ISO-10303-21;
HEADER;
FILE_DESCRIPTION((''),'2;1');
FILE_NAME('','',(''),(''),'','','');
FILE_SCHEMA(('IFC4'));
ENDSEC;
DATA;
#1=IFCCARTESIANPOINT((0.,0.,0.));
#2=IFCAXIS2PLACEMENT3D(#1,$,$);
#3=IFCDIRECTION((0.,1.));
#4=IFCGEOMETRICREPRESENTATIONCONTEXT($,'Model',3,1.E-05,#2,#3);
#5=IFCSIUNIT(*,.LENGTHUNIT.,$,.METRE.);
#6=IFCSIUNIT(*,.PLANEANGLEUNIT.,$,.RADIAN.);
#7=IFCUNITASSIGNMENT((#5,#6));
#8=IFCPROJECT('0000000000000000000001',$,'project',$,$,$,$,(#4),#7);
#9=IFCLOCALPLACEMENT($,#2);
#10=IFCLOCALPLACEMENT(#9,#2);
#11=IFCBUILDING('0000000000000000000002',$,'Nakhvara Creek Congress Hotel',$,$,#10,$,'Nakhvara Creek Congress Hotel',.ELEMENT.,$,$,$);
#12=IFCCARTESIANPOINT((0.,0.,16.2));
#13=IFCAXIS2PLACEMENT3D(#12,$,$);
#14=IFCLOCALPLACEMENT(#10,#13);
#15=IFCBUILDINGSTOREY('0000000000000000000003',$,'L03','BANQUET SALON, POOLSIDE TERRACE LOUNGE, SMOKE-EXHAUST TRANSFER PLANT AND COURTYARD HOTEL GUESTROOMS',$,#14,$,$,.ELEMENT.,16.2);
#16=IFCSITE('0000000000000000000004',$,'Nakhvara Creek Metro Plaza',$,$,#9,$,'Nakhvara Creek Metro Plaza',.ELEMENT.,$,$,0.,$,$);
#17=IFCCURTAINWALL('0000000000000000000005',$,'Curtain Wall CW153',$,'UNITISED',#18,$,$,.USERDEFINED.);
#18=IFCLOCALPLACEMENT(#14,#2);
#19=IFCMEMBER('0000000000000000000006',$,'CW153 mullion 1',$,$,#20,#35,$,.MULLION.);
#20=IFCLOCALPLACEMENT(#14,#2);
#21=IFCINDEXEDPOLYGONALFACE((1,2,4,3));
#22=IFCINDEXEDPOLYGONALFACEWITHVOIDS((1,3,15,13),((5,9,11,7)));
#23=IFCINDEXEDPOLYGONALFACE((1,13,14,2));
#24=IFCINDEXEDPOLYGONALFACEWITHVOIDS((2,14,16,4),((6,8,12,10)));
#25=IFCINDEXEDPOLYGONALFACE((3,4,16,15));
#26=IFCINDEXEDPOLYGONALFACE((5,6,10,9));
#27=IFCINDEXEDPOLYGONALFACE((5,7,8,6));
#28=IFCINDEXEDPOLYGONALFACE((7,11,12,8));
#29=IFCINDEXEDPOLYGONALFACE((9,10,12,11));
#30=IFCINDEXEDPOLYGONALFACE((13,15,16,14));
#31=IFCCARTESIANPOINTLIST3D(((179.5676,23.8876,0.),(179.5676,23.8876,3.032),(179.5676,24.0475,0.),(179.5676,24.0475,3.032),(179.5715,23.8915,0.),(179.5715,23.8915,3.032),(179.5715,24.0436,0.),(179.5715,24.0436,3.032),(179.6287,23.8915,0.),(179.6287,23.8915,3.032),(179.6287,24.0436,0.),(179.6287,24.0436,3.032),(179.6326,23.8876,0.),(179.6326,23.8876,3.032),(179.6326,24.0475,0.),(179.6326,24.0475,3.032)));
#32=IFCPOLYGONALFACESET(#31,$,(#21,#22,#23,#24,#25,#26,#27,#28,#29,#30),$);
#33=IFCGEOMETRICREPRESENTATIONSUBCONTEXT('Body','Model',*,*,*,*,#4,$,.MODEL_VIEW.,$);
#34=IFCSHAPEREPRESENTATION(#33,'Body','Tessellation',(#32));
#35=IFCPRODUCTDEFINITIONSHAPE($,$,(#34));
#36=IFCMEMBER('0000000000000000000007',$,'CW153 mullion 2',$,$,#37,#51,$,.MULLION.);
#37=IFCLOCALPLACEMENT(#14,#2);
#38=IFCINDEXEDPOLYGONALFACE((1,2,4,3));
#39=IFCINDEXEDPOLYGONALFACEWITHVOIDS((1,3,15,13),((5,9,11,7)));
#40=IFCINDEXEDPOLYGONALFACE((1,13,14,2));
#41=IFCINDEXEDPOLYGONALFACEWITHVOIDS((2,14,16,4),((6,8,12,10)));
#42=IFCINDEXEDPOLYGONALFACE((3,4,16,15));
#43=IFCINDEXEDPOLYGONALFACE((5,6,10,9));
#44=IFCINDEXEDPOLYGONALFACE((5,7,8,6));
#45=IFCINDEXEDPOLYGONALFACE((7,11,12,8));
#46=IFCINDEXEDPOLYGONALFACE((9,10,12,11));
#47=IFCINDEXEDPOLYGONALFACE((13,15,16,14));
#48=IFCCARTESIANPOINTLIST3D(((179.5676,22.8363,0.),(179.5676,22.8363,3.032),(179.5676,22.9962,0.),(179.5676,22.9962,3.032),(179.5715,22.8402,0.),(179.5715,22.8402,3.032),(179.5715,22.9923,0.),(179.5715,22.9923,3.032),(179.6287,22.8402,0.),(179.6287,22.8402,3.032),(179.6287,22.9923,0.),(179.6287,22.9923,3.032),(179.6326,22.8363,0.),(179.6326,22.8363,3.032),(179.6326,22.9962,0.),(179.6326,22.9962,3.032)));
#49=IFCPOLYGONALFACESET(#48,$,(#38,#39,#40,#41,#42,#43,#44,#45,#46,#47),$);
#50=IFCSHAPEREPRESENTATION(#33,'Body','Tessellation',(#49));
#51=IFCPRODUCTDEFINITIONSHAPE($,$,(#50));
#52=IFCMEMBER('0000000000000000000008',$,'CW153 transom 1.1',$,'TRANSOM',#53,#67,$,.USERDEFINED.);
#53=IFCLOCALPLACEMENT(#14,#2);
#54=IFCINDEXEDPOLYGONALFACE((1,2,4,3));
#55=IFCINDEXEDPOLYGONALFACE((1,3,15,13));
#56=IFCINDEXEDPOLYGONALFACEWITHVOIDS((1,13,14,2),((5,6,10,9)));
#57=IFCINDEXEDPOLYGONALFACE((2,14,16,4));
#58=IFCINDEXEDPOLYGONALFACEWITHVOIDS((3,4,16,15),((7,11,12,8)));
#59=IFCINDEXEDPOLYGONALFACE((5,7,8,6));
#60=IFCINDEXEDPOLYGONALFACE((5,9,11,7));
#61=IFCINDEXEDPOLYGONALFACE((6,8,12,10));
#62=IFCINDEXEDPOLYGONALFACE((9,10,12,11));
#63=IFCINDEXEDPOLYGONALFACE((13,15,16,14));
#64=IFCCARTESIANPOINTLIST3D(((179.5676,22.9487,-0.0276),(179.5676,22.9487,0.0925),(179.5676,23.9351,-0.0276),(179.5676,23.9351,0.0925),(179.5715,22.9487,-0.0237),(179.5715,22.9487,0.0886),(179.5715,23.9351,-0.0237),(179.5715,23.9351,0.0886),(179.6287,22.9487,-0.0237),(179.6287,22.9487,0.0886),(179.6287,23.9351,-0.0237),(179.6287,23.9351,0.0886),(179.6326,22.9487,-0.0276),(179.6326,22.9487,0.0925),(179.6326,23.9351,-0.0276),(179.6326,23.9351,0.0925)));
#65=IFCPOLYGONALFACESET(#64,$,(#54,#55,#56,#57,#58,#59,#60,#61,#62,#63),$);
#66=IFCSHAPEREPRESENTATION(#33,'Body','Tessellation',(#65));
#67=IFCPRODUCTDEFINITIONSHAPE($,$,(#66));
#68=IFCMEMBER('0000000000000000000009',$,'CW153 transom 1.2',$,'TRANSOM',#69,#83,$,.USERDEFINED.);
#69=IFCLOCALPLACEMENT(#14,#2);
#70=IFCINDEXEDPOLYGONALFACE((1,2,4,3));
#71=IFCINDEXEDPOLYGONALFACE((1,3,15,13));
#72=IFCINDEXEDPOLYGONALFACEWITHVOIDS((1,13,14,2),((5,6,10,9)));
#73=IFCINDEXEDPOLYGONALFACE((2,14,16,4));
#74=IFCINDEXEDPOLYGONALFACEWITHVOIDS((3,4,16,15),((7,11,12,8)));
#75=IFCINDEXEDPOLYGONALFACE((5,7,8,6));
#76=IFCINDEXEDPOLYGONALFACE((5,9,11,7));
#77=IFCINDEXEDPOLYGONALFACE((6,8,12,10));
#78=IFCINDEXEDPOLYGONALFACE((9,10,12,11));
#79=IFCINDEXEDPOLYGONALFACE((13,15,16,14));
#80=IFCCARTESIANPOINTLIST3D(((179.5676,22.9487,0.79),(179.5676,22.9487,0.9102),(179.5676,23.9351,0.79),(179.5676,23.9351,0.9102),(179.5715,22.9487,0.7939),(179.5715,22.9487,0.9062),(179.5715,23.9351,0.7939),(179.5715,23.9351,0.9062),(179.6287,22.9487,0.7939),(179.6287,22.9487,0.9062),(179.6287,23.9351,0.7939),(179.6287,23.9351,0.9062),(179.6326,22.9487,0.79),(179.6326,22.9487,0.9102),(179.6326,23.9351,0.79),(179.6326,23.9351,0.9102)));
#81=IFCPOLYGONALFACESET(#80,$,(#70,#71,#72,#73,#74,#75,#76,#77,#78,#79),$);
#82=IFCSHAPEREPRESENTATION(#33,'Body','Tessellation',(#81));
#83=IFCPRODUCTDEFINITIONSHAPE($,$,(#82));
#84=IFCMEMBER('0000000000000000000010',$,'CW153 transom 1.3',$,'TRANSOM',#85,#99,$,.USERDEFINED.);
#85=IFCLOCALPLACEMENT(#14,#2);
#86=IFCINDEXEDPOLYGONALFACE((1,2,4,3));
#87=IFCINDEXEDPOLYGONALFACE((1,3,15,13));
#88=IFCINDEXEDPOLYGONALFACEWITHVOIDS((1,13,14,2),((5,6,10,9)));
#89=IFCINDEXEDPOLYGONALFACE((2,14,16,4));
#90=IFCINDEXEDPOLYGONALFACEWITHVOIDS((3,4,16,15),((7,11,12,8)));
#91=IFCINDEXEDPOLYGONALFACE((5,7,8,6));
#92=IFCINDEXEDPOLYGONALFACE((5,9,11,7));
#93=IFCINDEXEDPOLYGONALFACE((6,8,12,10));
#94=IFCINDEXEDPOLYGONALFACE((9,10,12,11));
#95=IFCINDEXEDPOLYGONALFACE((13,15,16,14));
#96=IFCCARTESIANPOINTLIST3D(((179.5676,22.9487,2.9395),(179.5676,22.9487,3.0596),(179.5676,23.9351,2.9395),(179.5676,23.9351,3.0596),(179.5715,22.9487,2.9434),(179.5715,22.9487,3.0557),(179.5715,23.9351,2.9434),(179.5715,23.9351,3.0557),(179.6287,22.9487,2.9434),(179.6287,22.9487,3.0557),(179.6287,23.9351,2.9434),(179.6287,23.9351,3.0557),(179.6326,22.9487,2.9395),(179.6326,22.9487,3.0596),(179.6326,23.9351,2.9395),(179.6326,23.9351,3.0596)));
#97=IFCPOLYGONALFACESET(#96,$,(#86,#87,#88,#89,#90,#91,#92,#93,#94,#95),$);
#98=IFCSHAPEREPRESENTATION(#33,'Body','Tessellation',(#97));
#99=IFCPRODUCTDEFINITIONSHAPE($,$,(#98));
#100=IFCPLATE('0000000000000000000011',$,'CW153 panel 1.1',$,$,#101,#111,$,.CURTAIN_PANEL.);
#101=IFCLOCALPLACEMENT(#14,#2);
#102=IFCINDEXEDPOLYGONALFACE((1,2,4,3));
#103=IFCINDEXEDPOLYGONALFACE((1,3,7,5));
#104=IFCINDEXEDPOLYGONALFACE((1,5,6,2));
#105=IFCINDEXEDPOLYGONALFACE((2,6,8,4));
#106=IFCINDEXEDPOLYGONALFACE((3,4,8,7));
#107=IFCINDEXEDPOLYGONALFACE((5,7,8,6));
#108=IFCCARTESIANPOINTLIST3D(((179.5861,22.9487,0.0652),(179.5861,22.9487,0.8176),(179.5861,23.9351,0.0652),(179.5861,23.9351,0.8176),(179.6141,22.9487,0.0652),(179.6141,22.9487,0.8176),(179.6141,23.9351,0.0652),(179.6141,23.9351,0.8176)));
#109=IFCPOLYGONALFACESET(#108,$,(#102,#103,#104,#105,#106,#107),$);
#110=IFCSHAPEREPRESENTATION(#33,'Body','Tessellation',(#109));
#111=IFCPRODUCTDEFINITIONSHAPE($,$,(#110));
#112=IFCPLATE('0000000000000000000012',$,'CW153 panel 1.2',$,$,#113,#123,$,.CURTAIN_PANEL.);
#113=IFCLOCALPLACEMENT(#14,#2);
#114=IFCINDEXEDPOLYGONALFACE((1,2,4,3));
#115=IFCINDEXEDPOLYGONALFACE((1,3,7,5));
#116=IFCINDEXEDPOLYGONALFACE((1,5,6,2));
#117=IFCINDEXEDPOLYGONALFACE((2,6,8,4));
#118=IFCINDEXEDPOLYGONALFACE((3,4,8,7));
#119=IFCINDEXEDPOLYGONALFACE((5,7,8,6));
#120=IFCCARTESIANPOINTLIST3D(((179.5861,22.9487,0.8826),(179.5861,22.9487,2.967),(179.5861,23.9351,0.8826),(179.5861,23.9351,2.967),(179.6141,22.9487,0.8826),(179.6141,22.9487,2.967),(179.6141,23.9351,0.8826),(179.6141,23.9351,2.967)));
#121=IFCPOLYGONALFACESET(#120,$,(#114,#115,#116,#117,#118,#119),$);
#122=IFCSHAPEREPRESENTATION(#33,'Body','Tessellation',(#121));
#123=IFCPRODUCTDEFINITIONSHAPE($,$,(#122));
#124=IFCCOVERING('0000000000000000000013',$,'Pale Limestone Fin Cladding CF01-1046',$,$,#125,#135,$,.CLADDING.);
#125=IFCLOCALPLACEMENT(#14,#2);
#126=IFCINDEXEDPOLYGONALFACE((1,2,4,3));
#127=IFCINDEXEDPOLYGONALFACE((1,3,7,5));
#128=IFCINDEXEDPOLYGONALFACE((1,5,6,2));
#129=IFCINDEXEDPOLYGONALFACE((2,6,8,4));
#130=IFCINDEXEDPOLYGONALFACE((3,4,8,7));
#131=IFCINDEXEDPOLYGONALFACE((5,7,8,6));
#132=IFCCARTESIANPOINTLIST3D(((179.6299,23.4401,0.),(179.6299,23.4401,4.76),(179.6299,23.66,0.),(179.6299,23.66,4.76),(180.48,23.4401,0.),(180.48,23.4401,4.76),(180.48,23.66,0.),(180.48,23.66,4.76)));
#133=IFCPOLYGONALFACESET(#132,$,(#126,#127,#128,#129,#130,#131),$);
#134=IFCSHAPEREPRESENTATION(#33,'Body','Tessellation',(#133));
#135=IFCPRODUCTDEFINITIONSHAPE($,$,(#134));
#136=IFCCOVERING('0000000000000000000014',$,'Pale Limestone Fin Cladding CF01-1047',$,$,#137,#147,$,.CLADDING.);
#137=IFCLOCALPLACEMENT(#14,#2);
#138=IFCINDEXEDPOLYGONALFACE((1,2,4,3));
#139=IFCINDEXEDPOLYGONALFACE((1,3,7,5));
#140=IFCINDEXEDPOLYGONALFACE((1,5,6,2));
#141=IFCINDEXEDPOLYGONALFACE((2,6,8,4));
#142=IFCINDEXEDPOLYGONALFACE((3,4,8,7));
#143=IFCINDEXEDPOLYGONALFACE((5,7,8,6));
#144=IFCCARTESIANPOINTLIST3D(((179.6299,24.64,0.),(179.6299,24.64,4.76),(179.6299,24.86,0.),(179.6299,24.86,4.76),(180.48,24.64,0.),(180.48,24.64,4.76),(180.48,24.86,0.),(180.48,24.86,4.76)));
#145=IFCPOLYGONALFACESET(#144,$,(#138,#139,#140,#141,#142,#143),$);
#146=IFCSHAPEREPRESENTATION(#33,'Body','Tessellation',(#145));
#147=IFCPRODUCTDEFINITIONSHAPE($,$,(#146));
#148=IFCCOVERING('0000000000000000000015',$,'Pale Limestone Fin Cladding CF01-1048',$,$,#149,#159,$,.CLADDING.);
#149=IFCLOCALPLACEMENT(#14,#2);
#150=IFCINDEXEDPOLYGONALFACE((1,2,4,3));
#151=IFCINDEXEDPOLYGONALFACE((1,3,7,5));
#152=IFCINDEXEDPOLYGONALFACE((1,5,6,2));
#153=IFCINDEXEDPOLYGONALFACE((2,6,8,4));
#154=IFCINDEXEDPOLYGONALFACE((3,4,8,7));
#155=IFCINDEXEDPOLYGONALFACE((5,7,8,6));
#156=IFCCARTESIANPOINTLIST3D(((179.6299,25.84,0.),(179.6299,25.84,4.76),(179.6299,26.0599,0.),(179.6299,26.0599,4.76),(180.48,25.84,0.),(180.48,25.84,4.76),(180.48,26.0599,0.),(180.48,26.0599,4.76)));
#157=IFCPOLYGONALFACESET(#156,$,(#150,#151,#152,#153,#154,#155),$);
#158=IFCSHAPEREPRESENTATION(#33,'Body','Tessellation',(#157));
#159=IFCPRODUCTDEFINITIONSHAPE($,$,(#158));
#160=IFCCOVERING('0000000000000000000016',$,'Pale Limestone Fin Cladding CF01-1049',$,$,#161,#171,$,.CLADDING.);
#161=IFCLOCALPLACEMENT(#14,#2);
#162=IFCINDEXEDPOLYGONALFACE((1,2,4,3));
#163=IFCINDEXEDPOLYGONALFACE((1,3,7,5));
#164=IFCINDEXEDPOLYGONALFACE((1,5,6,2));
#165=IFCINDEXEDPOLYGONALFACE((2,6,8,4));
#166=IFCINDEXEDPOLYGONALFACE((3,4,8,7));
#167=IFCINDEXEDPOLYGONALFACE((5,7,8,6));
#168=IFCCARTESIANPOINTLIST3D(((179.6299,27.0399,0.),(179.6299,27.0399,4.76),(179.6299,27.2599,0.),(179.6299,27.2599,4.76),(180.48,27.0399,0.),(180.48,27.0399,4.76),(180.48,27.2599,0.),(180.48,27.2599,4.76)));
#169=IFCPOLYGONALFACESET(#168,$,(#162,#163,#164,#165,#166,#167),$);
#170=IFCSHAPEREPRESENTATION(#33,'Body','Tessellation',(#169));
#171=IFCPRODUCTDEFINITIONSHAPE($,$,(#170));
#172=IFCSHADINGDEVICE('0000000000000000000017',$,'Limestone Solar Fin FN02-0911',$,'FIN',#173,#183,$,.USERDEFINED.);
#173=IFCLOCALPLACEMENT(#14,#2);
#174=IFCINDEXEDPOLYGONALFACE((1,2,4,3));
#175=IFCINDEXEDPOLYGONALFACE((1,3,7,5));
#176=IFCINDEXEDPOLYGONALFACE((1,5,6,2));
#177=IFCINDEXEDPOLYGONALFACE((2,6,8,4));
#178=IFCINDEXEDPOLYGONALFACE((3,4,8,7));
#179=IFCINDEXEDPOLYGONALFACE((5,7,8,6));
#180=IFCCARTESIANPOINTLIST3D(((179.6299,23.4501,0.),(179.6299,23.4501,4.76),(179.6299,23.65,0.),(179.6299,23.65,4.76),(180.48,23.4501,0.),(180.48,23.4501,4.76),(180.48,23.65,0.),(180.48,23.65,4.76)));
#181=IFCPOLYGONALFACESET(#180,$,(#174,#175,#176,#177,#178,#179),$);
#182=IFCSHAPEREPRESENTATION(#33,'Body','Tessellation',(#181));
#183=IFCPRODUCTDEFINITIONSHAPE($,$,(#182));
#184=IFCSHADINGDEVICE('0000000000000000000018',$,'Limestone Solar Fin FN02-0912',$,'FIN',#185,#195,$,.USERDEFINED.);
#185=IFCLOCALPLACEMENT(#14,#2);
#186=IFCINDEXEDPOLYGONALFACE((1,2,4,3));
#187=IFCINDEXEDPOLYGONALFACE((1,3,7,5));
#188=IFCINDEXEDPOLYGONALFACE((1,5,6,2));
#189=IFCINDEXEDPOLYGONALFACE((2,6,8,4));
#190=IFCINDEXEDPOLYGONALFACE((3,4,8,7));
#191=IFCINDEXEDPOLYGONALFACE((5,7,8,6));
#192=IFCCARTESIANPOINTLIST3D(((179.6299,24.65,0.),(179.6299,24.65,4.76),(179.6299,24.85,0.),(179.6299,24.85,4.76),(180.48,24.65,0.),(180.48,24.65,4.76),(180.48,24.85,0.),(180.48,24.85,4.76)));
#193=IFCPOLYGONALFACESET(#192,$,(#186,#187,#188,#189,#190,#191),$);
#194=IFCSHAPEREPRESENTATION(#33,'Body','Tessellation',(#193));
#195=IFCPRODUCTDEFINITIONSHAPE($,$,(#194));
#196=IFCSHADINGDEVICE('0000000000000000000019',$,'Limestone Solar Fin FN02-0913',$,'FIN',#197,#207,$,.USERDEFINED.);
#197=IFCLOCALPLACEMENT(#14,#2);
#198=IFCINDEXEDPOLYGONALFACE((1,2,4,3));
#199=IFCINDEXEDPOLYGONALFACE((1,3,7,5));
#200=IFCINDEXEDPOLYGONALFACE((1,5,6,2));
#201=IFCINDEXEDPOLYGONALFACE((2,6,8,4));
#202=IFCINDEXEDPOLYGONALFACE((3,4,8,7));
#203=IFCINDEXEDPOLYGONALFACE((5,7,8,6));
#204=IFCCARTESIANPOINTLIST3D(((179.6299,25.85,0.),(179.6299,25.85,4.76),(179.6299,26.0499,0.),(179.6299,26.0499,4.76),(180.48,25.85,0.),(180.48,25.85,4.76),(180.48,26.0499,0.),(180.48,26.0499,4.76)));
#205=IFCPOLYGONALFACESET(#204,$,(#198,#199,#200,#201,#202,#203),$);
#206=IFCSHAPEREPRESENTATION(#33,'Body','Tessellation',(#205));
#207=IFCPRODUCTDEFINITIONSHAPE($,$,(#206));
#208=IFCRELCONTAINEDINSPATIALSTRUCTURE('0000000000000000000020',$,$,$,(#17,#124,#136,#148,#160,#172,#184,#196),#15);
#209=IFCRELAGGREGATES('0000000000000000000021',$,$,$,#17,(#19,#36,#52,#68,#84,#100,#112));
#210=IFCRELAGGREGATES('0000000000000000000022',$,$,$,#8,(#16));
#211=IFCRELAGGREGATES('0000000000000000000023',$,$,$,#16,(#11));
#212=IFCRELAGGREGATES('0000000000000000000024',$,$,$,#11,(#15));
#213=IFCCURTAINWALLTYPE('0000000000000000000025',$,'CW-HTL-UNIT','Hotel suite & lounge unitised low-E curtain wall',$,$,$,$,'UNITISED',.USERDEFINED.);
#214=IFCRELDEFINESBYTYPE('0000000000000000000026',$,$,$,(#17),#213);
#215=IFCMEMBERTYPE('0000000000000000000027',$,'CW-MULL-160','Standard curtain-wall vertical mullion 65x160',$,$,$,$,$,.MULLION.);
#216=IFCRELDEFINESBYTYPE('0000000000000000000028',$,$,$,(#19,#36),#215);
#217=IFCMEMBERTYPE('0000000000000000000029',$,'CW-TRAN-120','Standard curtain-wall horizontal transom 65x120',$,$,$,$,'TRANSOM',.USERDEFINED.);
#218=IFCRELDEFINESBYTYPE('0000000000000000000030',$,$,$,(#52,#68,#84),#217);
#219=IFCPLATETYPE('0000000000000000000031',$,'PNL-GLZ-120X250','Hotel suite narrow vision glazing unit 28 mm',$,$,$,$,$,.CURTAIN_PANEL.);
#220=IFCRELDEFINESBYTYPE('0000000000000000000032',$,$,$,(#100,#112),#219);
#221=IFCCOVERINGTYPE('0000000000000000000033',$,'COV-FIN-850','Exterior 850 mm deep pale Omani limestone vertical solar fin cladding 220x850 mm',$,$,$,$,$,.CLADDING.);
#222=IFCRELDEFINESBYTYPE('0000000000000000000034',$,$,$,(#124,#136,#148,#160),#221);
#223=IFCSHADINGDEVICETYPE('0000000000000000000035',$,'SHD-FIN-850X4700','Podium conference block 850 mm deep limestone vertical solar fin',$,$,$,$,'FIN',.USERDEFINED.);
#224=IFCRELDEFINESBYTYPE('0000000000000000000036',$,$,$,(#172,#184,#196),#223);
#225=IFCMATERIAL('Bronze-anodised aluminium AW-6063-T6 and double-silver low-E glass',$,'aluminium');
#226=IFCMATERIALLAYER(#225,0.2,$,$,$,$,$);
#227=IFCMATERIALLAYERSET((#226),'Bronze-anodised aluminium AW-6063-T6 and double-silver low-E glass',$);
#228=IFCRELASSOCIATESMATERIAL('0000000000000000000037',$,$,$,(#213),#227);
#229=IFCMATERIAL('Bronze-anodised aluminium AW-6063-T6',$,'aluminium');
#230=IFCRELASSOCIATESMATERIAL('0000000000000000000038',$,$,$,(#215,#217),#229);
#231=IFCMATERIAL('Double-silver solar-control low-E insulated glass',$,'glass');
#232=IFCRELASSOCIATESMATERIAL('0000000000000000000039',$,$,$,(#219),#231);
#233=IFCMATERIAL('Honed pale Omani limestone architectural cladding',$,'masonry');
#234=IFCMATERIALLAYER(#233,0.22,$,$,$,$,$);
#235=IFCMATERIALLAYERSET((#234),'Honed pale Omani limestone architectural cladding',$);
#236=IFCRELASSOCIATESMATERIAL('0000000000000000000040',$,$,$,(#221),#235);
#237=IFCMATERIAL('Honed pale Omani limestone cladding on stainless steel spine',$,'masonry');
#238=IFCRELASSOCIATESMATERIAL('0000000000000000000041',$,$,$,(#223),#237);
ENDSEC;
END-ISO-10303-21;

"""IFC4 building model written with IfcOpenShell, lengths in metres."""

from ifc_helpers import new_model, si_unit, direction, frame, origin, origin_2d, place, context, subcontext, project, spatial, rectangle, hollow_rectangle, extrude, material, layer, layer_set, material_profile, profile_set, type_object, element, aggregate, save


model = new_model("IFC4")

# Units and contexts
model_context = context("Model", 3, precision=1e-05, world=origin(), true_north=direction((0.0, 1.0)))
body_context = subcontext(model_context, "Body", "Model", "MODEL_VIEW")
ifc_project = project(units=[si_unit("LENGTHUNIT", "METRE"), si_unit("PLANEANGLEUNIT", "RADIAN")], contexts=[model_context])

# Site, building, storey
site_placement = place(None, origin())
site = spatial("IfcSite", under=ifc_project, at=site_placement, Name="Nakhvara Creek Metro Plaza", LongName="Nakhvara Creek Metro Plaza", CompositionType="ELEMENT", RefElevation=0.0)
building_placement = place(site_placement, origin())
building = spatial("IfcBuilding", under=site, at=building_placement, Name="Nakhvara Creek Congress Hotel", LongName="Nakhvara Creek Congress Hotel", CompositionType="ELEMENT")
storey_placement = place(building_placement, frame((0.0, 0.0, 16.2)))
storey = spatial("IfcBuildingStorey", under=building, at=storey_placement, Name="L03", Description="BANQUET SALON, POOLSIDE TERRACE LOUNGE, SMOKE-EXHAUST TRANSFER PLANT AND COURTYARD HOTEL GUESTROOMS", CompositionType="ELEMENT", Elevation=16.2)

# Curtain wall, members, plates
ifc_material_1 = material(Name="Bronze-anodised aluminium AW-6063-T6 and double-silver low-E glass", Category="aluminium")
ifc_layer_1 = layer(ifc_material_1, 0.2)
ifc_layer_set_1 = layer_set([ifc_layer_1], Name="Bronze-anodised aluminium AW-6063-T6 and double-silver low-E glass")
curtain_wall_type = type_object("IfcCurtainWallType", Name="CW-HTL-UNIT", Description="Hotel suite & lounge unitised low-E curtain wall", ElementType="UNITISED", PredefinedType="USERDEFINED", material=ifc_layer_set_1)
curtain_wall_placement = place(storey_placement, origin())
curtain_wall = element("IfcCurtainWall", 1, at=curtain_wall_placement, inside=storey, type_object=curtain_wall_type, Name="Curtain Wall CW153", ObjectType="UNITISED", PredefinedType="USERDEFINED")
ifc_material_2 = material(Name="Bronze-anodised aluminium AW-6063-T6", Category="aluminium")
ifc_material_profile_1 = material_profile(ifc_material_2, hollow_rectangle(XDim=0.0649, YDim=0.1599, WallThickness=0.0039, at=origin_2d()), Name="ALU-MULL 65x160x4", Category="LoadBearing")
ifc_profile_set_1 = profile_set([ifc_material_profile_1], Name="Bronze-anodised aluminium AW-6063-T6")
member_type_1 = type_object("IfcMemberType", Name="CW-MULL-160", Description="Standard curtain-wall vertical mullion 65x160", PredefinedType="MULLION", material=ifc_profile_set_1)
member_1_placement = place(storey_placement, frame((179.6001, 23.9675, 0.0), z_axis=(0.0, 0.0, 1.0), x_axis=(1.0, 0.0, 0.0)))
member_1 = element("IfcMember", 2, at=member_1_placement, type_object=member_type_1, Name="CW153 mullion 1", PredefinedType="MULLION", context=body_context, shape_type="SweptSolid", body=[
    extrude(hollow_rectangle(XDim=0.0649, YDim=0.1599, WallThickness=0.0039, at=origin_2d()), origin(), (0.0, 0.0, 1.0), 3.032),
])
member_2_placement = place(storey_placement, frame((179.6001, 22.9163, 0.0), z_axis=(0.0, 0.0, 1.0), x_axis=(1.0, 0.0, 0.0)))
member_2 = element("IfcMember", 3, at=member_2_placement, type_object=member_type_1, Name="CW153 mullion 2", PredefinedType="MULLION", context=body_context, shape_type="SweptSolid", body=[
    extrude(hollow_rectangle(XDim=0.0649, YDim=0.1599, WallThickness=0.0039, at=origin_2d()), origin(), (0.0, 0.0, 1.0), 3.032),
])
ifc_material_profile_2 = material_profile(ifc_material_2, hollow_rectangle(XDim=0.0649, YDim=0.1201, WallThickness=0.0039, at=origin_2d()), Name="ALU-TRAN 65x120x4", Category="LoadBearing")
ifc_profile_set_2 = profile_set([ifc_material_profile_2], Name="Bronze-anodised aluminium AW-6063-T6")
member_type_2 = type_object("IfcMemberType", Name="CW-TRAN-120", Description="Standard curtain-wall horizontal transom 65x120", ElementType="TRANSOM", PredefinedType="USERDEFINED", material=ifc_profile_set_2)
member_3_placement = place(storey_placement, frame((179.6001, 23.9351, 0.0325), z_axis=(0.0, -1.0, 0.0), x_axis=(1.0, 0.0, 0.0)))
member_3 = element("IfcMember", 4, at=member_3_placement, type_object=member_type_2, Name="CW153 transom 1.1", ObjectType="TRANSOM", PredefinedType="USERDEFINED", context=body_context, shape_type="SweptSolid", body=[
    extrude(hollow_rectangle(XDim=0.0649, YDim=0.1201, WallThickness=0.0039, at=origin_2d()), origin(), (0.0, 0.0, 1.0), 0.9863),
])
member_4_placement = place(storey_placement, frame((179.6001, 23.9351, 0.8501), z_axis=(0.0, -1.0, 0.0), x_axis=(1.0, 0.0, 0.0)))
member_4 = element("IfcMember", 5, at=member_4_placement, type_object=member_type_2, Name="CW153 transom 1.2", ObjectType="TRANSOM", PredefinedType="USERDEFINED", context=body_context, shape_type="SweptSolid", body=[
    extrude(hollow_rectangle(XDim=0.0649, YDim=0.1201, WallThickness=0.0039, at=origin_2d()), origin(), (0.0, 0.0, 1.0), 0.9863),
])
member_5_placement = place(storey_placement, frame((179.6001, 23.9351, 2.9995), z_axis=(0.0, -1.0, 0.0), x_axis=(1.0, 0.0, 0.0)))
member_5 = element("IfcMember", 6, at=member_5_placement, type_object=member_type_2, Name="CW153 transom 1.3", ObjectType="TRANSOM", PredefinedType="USERDEFINED", context=body_context, shape_type="SweptSolid", body=[
    extrude(hollow_rectangle(XDim=0.0649, YDim=0.1201, WallThickness=0.0039, at=origin_2d()), origin(), (0.0, 0.0, 1.0), 0.9863),
])
ifc_material_3 = material(Name="Double-silver solar-control low-E insulated glass", Category="glass")
plate_type = type_object("IfcPlateType", Name="PNL-GLZ-120X250", Description="Hotel suite narrow vision glazing unit 28 mm", PredefinedType="CURTAIN_PANEL", material=ifc_material_3)
plate_1_placement = place(storey_placement, frame((179.6001, 23.4419, 0.0652), z_axis=(0.0, 0.0, 1.0), x_axis=(0.0, -1.0, 0.0)))
plate_1 = element("IfcPlate", 7, at=plate_1_placement, type_object=plate_type, Name="CW153 panel 1.1", PredefinedType="CURTAIN_PANEL", context=body_context, shape_type="SweptSolid", body=[
    extrude(rectangle(XDim=0.9863, YDim=0.0281, at=origin_2d()), origin(), (0.0, 0.0, 1.0), 0.7524),
])
plate_2_placement = place(storey_placement, frame((179.6001, 23.4419, 0.8826), z_axis=(0.0, 0.0, 1.0), x_axis=(0.0, -1.0, 0.0)))
plate_2 = element("IfcPlate", 8, at=plate_2_placement, type_object=plate_type, Name="CW153 panel 1.2", PredefinedType="CURTAIN_PANEL", context=body_context, shape_type="SweptSolid", body=[
    extrude(rectangle(XDim=0.9863, YDim=0.0281, at=origin_2d()), origin(), (0.0, 0.0, 1.0), 2.0845),
])
aggregate(curtain_wall, [member_1, member_2, member_3, member_4, member_5, plate_1, plate_2])

# Coverings
ifc_material_4 = material(Name="Honed pale Omani limestone architectural cladding", Category="masonry")
ifc_layer_2 = layer(ifc_material_4, 0.22)
ifc_layer_set_2 = layer_set([ifc_layer_2], Name="Honed pale Omani limestone architectural cladding")
covering_type = type_object("IfcCoveringType", Name="COV-FIN-850", Description="Exterior 850 mm deep pale Omani limestone vertical solar fin cladding 220x850 mm", PredefinedType="CLADDING", material=ifc_layer_set_2)
for number, where, z_axis, x_axis, name in (
    (9, (180.0549, 23.55, 0.0), (0.0, 0.0, 1.0), (0.0, 1.0, 0.0), "Pale Limestone Fin Cladding CF01-1046"),
    (10, (180.0549, 24.75, 0.0), (0.0, 0.0, 1.0), (0.0, 1.0, 0.0), "Pale Limestone Fin Cladding CF01-1047"),
    (11, (180.0549, 25.95, 0.0), (0.0, 0.0, 1.0), (0.0, 1.0, 0.0), "Pale Limestone Fin Cladding CF01-1048"),
    (12, (180.0549, 27.1499, 0.0), (0.0, 0.0, 1.0), (0.0, 1.0, 0.0), "Pale Limestone Fin Cladding CF01-1049"),
):
    element("IfcCovering", number, at=place(storey_placement, frame(where, z_axis=z_axis, x_axis=x_axis)), inside=storey, type_object=covering_type, Name=name, PredefinedType="CLADDING", context=body_context, shape_type="SweptSolid", body=[
        extrude(rectangle(XDim=0.22, YDim=0.8501, at=origin_2d()), origin(), (0.0, 0.0, 1.0), 4.76),
    ])

# Shading devices
ifc_material_5 = material(Name="Honed pale Omani limestone cladding on stainless steel spine", Category="masonry")
shading_device_type = type_object("IfcShadingDeviceType", Name="SHD-FIN-850X4700", Description="Podium conference block 850 mm deep limestone vertical solar fin", ElementType="FIN", PredefinedType="USERDEFINED", material=ifc_material_5)
for number, where, z_axis, x_axis, name in (
    (13, (180.0549, 23.55, 0.0), (0.0, 0.0, 1.0), (0.0, 1.0, 0.0), "Limestone Solar Fin FN02-0911"),
    (14, (180.0549, 24.75, 0.0), (0.0, 0.0, 1.0), (0.0, 1.0, 0.0), "Limestone Solar Fin FN02-0912"),
    (15, (180.0549, 25.95, 0.0), (0.0, 0.0, 1.0), (0.0, 1.0, 0.0), "Limestone Solar Fin FN02-0913"),
):
    element("IfcShadingDevice", number, at=place(storey_placement, frame(where, z_axis=z_axis, x_axis=x_axis)), inside=storey, type_object=shading_device_type, Name=name, ObjectType="FIN", PredefinedType="USERDEFINED", context=body_context, shape_type="SweptSolid", body=[
        extrude(rectangle(XDim=0.2, YDim=0.8501, at=origin_2d()), origin(), (0.0, 0.0, 1.0), 4.76),
    ])

save(model, "model.ifc")
